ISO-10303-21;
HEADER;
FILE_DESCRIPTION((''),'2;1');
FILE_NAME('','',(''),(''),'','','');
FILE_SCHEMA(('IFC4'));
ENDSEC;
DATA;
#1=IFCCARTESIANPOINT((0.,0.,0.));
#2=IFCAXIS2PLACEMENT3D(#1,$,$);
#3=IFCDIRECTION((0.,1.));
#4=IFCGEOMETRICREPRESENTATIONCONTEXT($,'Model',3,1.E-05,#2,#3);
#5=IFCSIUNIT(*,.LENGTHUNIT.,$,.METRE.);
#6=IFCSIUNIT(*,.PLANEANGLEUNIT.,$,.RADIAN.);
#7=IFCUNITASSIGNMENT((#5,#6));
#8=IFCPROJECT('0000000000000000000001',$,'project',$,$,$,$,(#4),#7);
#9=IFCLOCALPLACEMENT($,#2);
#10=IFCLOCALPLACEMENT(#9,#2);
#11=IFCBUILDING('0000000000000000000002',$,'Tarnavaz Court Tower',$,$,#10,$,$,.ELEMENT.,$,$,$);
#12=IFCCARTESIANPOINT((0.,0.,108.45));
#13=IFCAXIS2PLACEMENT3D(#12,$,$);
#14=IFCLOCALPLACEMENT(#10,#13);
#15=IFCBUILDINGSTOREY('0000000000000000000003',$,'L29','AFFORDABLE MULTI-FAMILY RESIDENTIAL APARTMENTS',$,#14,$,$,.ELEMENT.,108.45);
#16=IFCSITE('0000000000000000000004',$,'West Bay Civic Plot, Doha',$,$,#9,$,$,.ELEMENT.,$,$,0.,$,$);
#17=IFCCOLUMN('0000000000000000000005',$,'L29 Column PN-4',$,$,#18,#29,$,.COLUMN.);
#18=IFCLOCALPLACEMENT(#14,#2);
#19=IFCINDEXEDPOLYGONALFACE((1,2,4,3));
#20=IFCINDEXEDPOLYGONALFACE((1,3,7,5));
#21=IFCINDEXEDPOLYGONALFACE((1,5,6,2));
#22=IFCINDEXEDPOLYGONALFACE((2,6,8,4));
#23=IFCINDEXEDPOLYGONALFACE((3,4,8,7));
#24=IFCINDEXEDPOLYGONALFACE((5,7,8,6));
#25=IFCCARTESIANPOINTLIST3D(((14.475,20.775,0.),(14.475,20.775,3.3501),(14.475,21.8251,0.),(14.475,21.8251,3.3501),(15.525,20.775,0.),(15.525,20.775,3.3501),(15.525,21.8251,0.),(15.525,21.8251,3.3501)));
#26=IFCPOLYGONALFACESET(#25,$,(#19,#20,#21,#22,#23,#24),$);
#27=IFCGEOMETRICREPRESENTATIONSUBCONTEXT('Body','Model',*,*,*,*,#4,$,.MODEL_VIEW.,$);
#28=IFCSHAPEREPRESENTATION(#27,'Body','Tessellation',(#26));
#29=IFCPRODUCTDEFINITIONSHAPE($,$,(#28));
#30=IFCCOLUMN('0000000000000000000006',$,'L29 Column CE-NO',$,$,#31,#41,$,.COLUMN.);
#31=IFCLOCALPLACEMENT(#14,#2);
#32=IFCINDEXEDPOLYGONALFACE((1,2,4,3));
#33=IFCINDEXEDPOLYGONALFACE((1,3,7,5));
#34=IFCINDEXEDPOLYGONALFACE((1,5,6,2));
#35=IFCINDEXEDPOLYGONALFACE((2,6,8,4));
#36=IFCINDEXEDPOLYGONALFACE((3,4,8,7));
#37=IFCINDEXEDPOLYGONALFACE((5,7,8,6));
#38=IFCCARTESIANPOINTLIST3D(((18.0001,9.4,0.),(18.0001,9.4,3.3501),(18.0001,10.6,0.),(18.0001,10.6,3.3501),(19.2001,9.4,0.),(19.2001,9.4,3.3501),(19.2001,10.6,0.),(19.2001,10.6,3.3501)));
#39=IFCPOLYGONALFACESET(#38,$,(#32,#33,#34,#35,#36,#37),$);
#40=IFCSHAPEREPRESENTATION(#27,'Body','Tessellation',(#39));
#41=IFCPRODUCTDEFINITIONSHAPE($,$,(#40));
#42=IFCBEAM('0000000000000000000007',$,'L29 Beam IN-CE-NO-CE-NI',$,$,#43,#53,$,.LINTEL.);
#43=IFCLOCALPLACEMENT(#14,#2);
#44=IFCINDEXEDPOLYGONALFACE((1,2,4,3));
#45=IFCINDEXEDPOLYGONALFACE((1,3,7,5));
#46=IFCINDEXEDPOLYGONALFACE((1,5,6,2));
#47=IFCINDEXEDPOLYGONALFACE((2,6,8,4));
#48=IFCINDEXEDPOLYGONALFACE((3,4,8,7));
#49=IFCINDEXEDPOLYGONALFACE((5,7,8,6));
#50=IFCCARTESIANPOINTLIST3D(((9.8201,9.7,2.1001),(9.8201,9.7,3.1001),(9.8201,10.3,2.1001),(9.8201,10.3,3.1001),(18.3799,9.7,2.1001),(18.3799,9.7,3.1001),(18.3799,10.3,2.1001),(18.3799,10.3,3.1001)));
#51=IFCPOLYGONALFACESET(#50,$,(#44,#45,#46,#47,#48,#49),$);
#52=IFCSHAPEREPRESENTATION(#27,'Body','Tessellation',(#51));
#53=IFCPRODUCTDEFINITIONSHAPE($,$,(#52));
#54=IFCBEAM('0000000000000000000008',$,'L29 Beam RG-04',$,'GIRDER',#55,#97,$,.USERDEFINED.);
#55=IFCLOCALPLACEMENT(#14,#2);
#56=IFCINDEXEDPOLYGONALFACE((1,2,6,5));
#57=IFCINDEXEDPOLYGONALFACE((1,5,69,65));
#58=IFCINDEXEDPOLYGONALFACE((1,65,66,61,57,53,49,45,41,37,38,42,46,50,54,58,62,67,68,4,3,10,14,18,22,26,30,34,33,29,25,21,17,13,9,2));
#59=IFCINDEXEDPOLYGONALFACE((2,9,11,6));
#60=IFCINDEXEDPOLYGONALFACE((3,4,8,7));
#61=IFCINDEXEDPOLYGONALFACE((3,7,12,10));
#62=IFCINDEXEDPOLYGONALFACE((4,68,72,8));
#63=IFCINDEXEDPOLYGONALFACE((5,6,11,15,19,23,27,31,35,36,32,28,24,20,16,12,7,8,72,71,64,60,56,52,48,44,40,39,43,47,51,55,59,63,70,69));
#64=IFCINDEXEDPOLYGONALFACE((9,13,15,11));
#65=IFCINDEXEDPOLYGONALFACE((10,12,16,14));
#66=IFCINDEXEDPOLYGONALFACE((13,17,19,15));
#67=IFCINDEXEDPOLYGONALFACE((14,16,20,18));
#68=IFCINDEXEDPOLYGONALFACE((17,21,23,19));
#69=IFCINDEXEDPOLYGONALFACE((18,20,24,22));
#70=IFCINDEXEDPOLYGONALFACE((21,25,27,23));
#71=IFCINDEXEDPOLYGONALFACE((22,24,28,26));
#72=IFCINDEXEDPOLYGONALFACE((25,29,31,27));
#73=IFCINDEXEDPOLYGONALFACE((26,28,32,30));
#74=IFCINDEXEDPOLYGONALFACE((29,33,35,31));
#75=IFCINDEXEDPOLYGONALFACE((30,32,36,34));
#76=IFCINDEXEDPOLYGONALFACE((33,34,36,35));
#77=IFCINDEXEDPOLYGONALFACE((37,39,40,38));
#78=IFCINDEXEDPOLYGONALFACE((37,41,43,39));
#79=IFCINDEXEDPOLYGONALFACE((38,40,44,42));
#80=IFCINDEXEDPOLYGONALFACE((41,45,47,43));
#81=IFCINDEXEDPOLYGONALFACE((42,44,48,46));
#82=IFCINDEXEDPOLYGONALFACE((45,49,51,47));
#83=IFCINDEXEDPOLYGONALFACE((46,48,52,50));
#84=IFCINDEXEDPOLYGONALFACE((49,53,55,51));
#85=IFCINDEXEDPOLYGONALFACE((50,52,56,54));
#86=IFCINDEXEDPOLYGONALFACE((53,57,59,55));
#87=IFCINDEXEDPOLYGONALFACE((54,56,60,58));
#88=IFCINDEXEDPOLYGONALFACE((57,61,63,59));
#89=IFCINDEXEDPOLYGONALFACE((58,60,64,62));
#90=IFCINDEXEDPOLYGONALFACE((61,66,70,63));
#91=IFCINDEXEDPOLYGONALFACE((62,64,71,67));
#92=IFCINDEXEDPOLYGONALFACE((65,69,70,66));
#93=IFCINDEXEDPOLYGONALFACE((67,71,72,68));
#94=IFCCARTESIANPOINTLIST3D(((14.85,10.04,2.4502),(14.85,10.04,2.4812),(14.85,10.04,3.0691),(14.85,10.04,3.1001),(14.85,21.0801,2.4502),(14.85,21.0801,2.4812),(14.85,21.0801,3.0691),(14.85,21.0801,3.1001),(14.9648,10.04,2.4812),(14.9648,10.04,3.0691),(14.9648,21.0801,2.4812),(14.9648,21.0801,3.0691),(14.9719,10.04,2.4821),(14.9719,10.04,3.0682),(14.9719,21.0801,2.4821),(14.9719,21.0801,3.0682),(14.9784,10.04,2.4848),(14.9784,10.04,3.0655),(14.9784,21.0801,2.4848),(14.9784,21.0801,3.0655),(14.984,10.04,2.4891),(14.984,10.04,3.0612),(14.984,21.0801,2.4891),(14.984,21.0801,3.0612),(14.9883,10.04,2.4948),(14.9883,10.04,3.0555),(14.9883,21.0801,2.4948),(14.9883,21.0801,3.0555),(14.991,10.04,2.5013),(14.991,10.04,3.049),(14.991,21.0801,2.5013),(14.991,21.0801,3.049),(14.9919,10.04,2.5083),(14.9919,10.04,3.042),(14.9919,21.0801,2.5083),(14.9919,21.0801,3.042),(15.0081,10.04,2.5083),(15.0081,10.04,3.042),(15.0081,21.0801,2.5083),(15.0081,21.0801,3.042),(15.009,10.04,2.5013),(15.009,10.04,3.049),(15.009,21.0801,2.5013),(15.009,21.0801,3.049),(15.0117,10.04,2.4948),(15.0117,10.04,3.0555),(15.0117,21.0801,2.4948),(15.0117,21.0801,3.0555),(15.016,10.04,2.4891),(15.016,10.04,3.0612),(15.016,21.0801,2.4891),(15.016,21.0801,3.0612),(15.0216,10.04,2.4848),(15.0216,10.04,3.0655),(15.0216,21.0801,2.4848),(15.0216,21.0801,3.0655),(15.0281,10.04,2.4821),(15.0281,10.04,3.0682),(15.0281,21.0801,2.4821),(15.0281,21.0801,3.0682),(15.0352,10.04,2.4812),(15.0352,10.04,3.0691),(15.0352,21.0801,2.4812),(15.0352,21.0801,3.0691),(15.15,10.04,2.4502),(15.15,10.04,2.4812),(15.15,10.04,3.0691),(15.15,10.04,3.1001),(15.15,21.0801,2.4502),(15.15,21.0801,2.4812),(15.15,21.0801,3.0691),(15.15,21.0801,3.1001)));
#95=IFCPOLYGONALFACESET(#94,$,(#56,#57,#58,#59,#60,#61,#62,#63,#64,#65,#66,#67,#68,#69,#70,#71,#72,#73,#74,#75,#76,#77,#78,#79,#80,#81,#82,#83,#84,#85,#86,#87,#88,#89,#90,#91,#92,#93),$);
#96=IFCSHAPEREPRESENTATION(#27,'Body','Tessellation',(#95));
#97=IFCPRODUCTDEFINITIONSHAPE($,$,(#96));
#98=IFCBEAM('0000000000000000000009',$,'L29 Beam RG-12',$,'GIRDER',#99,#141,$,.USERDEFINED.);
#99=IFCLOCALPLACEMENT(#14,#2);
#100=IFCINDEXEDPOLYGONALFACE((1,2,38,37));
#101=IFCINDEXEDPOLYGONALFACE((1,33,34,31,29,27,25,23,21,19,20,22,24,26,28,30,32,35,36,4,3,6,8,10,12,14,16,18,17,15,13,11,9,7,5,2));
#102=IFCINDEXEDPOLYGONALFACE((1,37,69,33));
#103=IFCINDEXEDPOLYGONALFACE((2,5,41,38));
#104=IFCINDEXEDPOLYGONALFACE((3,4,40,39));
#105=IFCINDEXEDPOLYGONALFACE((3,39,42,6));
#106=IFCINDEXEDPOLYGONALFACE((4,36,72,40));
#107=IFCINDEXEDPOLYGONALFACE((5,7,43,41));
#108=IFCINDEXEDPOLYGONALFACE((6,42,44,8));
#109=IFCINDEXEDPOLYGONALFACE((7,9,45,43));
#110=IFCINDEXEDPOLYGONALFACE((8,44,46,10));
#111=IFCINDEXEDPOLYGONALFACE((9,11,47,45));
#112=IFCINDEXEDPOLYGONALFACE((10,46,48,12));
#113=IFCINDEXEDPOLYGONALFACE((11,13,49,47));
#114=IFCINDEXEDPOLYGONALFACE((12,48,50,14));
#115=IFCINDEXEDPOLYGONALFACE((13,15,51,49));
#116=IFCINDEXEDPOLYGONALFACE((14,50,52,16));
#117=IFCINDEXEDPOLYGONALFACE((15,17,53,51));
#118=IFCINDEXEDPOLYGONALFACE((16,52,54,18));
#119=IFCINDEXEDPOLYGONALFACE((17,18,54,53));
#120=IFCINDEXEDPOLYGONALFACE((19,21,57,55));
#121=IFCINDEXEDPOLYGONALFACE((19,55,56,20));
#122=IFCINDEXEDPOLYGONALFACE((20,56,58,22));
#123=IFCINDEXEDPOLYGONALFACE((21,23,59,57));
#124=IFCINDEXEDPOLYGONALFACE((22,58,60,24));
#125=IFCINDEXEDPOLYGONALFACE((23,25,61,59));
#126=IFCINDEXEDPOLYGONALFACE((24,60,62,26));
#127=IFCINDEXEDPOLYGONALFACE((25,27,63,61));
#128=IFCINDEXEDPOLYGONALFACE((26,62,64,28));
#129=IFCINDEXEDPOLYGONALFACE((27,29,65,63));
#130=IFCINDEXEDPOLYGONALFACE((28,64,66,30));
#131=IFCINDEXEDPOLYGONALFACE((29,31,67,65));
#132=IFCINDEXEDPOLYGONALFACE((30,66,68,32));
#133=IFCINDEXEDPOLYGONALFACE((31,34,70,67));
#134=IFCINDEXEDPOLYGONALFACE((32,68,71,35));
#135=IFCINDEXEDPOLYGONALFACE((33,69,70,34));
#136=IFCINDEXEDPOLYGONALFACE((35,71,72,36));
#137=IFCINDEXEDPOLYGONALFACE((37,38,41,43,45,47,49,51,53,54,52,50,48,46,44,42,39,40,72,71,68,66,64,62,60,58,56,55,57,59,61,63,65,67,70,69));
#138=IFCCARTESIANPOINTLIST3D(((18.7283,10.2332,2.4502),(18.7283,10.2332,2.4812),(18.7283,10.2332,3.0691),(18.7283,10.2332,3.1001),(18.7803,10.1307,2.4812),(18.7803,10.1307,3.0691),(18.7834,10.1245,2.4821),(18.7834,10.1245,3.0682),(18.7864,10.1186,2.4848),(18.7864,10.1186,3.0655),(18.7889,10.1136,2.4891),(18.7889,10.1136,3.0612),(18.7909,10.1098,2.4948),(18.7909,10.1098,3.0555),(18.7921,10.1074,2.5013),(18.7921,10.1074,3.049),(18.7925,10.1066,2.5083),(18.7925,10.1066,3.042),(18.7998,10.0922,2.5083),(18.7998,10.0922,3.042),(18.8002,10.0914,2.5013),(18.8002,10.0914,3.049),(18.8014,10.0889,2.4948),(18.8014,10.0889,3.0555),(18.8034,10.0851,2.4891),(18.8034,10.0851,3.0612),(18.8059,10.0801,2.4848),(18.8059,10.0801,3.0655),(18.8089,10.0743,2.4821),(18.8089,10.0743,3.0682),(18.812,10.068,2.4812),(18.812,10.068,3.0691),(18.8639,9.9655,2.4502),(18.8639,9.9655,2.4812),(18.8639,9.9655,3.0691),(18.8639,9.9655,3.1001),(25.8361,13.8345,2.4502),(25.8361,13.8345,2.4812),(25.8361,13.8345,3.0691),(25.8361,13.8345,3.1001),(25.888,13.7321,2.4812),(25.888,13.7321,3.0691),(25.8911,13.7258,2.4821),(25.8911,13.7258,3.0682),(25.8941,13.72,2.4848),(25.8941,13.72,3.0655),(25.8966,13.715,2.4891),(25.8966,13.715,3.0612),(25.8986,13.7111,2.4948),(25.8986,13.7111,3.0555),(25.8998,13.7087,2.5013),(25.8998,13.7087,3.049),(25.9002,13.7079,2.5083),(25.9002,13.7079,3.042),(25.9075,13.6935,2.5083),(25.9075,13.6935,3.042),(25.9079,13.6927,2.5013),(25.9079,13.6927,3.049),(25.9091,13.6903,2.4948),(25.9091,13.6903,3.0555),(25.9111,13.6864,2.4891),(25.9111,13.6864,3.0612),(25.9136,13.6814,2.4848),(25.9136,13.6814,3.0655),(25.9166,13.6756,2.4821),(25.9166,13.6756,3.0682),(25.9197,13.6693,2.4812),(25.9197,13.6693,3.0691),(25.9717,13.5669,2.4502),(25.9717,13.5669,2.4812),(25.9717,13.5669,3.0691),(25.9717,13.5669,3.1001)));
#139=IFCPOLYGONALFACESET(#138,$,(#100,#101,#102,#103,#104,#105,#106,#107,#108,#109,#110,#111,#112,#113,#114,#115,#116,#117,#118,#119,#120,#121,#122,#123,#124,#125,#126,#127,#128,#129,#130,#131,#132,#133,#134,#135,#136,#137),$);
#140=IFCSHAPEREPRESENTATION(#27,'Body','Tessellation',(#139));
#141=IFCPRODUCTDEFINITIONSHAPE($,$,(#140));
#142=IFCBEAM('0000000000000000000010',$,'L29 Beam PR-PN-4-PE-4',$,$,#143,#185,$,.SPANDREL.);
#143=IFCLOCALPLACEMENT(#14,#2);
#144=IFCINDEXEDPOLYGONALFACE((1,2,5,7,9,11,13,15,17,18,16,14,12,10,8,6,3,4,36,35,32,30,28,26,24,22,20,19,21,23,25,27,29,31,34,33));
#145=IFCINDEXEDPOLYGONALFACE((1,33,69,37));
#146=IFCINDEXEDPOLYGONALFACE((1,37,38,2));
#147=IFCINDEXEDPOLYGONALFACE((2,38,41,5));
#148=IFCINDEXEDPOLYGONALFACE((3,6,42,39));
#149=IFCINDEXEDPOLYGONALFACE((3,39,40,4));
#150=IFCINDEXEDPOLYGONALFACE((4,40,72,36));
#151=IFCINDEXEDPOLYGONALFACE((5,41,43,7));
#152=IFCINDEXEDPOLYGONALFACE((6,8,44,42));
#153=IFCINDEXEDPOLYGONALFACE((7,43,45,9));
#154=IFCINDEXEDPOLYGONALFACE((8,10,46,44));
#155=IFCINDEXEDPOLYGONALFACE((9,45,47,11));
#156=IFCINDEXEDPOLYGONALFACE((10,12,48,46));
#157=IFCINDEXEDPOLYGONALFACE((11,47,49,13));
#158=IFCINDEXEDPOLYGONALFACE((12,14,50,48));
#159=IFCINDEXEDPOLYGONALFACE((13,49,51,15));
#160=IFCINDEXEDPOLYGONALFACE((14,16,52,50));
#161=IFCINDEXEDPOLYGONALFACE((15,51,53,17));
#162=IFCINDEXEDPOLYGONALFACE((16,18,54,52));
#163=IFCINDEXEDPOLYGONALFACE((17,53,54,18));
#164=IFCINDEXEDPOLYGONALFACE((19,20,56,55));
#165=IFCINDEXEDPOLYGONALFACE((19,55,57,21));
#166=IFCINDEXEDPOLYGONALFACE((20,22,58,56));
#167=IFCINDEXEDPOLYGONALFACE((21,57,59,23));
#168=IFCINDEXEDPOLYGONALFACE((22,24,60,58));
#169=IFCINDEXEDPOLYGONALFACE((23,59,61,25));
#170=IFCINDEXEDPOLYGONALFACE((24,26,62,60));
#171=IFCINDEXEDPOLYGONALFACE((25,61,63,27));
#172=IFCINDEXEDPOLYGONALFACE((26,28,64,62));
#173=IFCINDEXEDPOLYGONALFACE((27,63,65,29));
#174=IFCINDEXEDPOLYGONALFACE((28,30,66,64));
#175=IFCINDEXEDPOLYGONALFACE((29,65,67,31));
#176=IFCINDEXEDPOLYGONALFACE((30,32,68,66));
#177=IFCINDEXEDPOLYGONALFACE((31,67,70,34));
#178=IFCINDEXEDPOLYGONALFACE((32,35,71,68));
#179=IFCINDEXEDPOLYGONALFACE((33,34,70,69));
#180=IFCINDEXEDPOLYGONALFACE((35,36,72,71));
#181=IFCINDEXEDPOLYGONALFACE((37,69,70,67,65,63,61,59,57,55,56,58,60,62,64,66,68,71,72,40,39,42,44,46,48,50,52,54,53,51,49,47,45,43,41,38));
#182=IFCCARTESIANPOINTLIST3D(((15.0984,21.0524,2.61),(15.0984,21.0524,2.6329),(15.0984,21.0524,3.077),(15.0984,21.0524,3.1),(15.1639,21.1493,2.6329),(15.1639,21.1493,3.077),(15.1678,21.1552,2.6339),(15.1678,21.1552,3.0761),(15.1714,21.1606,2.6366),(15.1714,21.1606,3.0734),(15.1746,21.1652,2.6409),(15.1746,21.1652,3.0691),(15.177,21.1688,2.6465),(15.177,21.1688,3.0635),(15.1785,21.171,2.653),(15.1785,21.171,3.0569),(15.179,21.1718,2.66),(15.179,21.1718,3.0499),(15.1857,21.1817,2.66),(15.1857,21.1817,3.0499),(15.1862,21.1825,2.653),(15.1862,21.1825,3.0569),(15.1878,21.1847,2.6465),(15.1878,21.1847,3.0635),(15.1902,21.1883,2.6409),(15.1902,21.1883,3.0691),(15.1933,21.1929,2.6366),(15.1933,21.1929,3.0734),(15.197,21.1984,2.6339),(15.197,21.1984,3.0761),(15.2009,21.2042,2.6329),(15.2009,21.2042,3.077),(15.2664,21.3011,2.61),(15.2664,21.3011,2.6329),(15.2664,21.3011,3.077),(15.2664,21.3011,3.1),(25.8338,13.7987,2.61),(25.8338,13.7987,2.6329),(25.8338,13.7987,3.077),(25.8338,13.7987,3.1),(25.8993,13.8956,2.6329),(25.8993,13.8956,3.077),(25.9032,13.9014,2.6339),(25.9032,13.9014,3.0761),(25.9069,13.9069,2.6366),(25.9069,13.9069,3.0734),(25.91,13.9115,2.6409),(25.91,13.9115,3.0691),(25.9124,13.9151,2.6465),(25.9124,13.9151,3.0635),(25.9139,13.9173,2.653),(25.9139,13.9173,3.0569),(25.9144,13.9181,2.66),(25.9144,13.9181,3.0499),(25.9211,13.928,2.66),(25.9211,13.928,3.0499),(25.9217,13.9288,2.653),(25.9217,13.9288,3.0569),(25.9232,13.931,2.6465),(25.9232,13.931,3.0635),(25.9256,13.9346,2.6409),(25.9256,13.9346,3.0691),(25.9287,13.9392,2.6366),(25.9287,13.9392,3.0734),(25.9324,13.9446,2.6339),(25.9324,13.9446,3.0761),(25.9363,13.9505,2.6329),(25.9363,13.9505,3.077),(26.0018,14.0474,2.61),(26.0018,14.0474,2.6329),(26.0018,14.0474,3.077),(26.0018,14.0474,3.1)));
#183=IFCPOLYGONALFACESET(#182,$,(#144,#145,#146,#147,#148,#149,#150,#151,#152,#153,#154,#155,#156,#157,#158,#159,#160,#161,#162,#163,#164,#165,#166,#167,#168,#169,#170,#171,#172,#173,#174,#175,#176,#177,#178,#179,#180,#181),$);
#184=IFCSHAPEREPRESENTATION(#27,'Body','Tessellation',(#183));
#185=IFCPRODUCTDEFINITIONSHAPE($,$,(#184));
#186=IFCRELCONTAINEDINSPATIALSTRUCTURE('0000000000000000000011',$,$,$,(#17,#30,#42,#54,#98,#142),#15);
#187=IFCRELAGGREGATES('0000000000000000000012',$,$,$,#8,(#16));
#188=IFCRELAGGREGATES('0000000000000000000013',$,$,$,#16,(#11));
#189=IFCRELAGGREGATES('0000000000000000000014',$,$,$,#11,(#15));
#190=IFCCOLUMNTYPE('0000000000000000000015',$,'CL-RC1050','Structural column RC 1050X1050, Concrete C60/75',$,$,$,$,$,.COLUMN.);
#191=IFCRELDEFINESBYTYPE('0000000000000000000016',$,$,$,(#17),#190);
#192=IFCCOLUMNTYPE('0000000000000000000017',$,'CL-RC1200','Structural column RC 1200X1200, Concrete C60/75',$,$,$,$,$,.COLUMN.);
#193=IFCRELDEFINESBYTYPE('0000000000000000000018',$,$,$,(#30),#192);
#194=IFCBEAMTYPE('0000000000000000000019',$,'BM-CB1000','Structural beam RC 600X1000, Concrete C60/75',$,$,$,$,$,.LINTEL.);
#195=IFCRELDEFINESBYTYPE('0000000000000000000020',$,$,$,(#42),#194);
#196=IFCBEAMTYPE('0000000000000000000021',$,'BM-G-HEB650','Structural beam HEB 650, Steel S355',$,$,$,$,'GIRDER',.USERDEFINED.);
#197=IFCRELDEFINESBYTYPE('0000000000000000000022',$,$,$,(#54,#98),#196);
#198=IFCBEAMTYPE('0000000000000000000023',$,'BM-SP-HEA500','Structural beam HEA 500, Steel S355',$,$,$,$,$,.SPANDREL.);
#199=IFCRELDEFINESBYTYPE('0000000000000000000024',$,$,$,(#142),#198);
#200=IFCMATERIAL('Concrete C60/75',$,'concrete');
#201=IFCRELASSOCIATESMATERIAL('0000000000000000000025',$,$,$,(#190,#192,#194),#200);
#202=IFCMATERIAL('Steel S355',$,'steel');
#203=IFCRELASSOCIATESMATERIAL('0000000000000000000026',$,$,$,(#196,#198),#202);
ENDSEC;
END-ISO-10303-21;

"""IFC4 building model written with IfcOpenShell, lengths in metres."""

from ifc_helpers import new_model, si_unit, direction, frame, origin, origin_2d, place, context, subcontext, project, spatial, rectangle, i_section, extrude, material, material_profile, profile_set, type_object, element, save


model = new_model("IFC4")

# Units and contexts
model_context = context("Model", 3, precision=1e-05, world=origin(), true_north=direction((0.0, 1.0)))
body_context = subcontext(model_context, "Body", "Model", "MODEL_VIEW")
ifc_project = project(units=[si_unit("LENGTHUNIT", "METRE"), si_unit("PLANEANGLEUNIT", "RADIAN")], contexts=[model_context])

# Site, building, storey
site_placement = place(None, origin())
site = spatial("IfcSite", under=ifc_project, at=site_placement, Name="West Bay Civic Plot, Doha", CompositionType="ELEMENT", RefElevation=0.0)
building_placement = place(site_placement, origin())
building = spatial("IfcBuilding", under=site, at=building_placement, Name="Tarnavaz Court Tower", CompositionType="ELEMENT")
storey_placement = place(building_placement, frame((0.0, 0.0, 108.45)))
storey = spatial("IfcBuildingStorey", under=building, at=storey_placement, Name="L29", Description="AFFORDABLE MULTI-FAMILY RESIDENTIAL APARTMENTS", CompositionType="ELEMENT", Elevation=108.45)

# Columns
ifc_material_1 = material(Name="Concrete C60/75", Category="concrete")
ifc_material_profile_1 = material_profile(ifc_material_1, rectangle(XDim=1.05, YDim=1.05, at=origin_2d()), Name="RC 1050X1050")
ifc_profile_set_1 = profile_set([ifc_material_profile_1], Name="Concrete C60/75")
column_type_1 = type_object("IfcColumnType", Name="CL-RC1050", Description="Structural column RC 1050X1050, Concrete C60/75", PredefinedType="COLUMN", material=ifc_profile_set_1)
column_1_placement = place(storey_placement, frame((15.0, 21.3, 0.0), z_axis=(0.0, 0.0, 1.0), x_axis=(1.0, 0.0, 0.0)))
element("IfcColumn", 1, at=column_1_placement, inside=storey, type_object=column_type_1, Name="L29 Column PN-4", PredefinedType="COLUMN", context=body_context, shape_type="SweptSolid", body=[
    extrude(rectangle(XDim=1.05, YDim=1.05, at=origin_2d()), origin(), (0.0, 0.0, 1.0), 3.3501),
])
ifc_material_profile_2 = material_profile(ifc_material_1, rectangle(XDim=1.2, YDim=1.2, at=origin_2d()), Name="RC 1200X1200")
ifc_profile_set_2 = profile_set([ifc_material_profile_2], Name="Concrete C60/75")
column_type_2 = type_object("IfcColumnType", Name="CL-RC1200", Description="Structural column RC 1200X1200, Concrete C60/75", PredefinedType="COLUMN", material=ifc_profile_set_2)
column_2_placement = place(storey_placement, frame((18.6001, 10.0, 0.0), z_axis=(0.0, 0.0, 1.0), x_axis=(1.0, 0.0, 0.0)))
element("IfcColumn", 2, at=column_2_placement, inside=storey, type_object=column_type_2, Name="L29 Column CE-NO", PredefinedType="COLUMN", context=body_context, shape_type="SweptSolid", body=[
    extrude(rectangle(XDim=1.2, YDim=1.2, at=origin_2d()), origin(), (0.0, 0.0, 1.0), 3.3501),
])

# Beams
ifc_material_profile_3 = material_profile(ifc_material_1, rectangle(XDim=0.6001, YDim=1.0, at=origin_2d()), Name="RC 600X1000")
ifc_profile_set_3 = profile_set([ifc_material_profile_3], Name="Concrete C60/75")
beam_type_1 = type_object("IfcBeamType", Name="BM-CB1000", Description="Structural beam RC 600X1000, Concrete C60/75", PredefinedType="LINTEL", material=ifc_profile_set_3)
beam_1_placement = place(storey_placement, frame((18.3799, 10.0, 2.6001), z_axis=(-1.0, 0.0, 0.0), x_axis=(0.0, -1.0, 0.0)))
element("IfcBeam", 3, at=beam_1_placement, inside=storey, type_object=beam_type_1, Name="L29 Beam IN-CE-NO-CE-NI", PredefinedType="LINTEL", context=body_context, shape_type="SweptSolid", body=[
    extrude(rectangle(XDim=0.6001, YDim=1.0, at=origin_2d()), origin(), (0.0, 0.0, 1.0), 8.5598),
])
ifc_material_2 = material(Name="Steel S355", Category="steel")
ifc_material_profile_4 = material_profile(ifc_material_2, i_section(OverallWidth=0.3, OverallDepth=0.6499, WebThickness=0.0161, FlangeThickness=0.031, FilletRadius=0.0271, at=origin_2d()), Name="HEB 650")
ifc_profile_set_4 = profile_set([ifc_material_profile_4], Name="Steel S355")
beam_type_2 = type_object("IfcBeamType", Name="BM-G-HEB650", Description="Structural beam HEB 650, Steel S355", ElementType="GIRDER", PredefinedType="USERDEFINED", material=ifc_profile_set_4)
beam_2_placement = place(storey_placement, frame((15.0, 10.04, 2.7751), z_axis=(0.0, 1.0, 0.0), x_axis=(-1.0, 0.0, 0.0)))
element("IfcBeam", 4, at=beam_2_placement, inside=storey, type_object=beam_type_2, Name="L29 Beam RG-04", ObjectType="GIRDER", PredefinedType="USERDEFINED", context=body_context, shape_type="SweptSolid", body=[
    extrude(i_section(OverallWidth=0.3, OverallDepth=0.6499, WebThickness=0.0161, FlangeThickness=0.031, FilletRadius=0.0271, at=origin_2d()), origin(), (0.0, 0.0, 1.0), 11.04),
])
beam_3_placement = place(storey_placement, frame((18.7961, 10.0994, 2.7751), z_axis=(0.892031, 0.451975, 0.0), x_axis=(-0.451975, 0.892031, 0.0)))
element("IfcBeam", 5, at=beam_3_placement, inside=storey, type_object=beam_type_2, Name="L29 Beam RG-12", ObjectType="GIRDER", PredefinedType="USERDEFINED", context=body_context, shape_type="SweptSolid", body=[
    extrude(i_section(OverallWidth=0.3, OverallDepth=0.6499, WebThickness=0.0161, FlangeThickness=0.031, FilletRadius=0.0271, at=origin_2d()), origin(), (0.0, 0.0, 1.0), 7.968),
])
ifc_material_profile_5 = material_profile(ifc_material_2, i_section(OverallWidth=0.3, OverallDepth=0.49, WebThickness=0.012, FlangeThickness=0.0229, FilletRadius=0.0271, at=origin_2d()), Name="HEA 500")
ifc_profile_set_5 = profile_set([ifc_material_profile_5], Name="Steel S355")
beam_type_3 = type_object("IfcBeamType", Name="BM-SP-HEA500", Description="Structural beam HEA 500, Steel S355", PredefinedType="SPANDREL", material=ifc_profile_set_5)
beam_4_placement = place(storey_placement, frame((15.1824, 21.1768, 2.855), z_axis=(0.828587, -0.55986, 0.0), x_axis=(0.55986, 0.828587, 0.0)))
element("IfcBeam", 6, at=beam_4_placement, inside=storey, type_object=beam_type_3, Name="L29 Beam PR-PN-4-PE-4", PredefinedType="SPANDREL", context=body_context, shape_type="SweptSolid", body=[
    extrude(i_section(OverallWidth=0.3, OverallDepth=0.49, WebThickness=0.012, FlangeThickness=0.0229, FilletRadius=0.0271, at=origin_2d()), origin(), (0.0, 0.0, 1.0), 12.9563),
])

save(model, "model.ifc")
